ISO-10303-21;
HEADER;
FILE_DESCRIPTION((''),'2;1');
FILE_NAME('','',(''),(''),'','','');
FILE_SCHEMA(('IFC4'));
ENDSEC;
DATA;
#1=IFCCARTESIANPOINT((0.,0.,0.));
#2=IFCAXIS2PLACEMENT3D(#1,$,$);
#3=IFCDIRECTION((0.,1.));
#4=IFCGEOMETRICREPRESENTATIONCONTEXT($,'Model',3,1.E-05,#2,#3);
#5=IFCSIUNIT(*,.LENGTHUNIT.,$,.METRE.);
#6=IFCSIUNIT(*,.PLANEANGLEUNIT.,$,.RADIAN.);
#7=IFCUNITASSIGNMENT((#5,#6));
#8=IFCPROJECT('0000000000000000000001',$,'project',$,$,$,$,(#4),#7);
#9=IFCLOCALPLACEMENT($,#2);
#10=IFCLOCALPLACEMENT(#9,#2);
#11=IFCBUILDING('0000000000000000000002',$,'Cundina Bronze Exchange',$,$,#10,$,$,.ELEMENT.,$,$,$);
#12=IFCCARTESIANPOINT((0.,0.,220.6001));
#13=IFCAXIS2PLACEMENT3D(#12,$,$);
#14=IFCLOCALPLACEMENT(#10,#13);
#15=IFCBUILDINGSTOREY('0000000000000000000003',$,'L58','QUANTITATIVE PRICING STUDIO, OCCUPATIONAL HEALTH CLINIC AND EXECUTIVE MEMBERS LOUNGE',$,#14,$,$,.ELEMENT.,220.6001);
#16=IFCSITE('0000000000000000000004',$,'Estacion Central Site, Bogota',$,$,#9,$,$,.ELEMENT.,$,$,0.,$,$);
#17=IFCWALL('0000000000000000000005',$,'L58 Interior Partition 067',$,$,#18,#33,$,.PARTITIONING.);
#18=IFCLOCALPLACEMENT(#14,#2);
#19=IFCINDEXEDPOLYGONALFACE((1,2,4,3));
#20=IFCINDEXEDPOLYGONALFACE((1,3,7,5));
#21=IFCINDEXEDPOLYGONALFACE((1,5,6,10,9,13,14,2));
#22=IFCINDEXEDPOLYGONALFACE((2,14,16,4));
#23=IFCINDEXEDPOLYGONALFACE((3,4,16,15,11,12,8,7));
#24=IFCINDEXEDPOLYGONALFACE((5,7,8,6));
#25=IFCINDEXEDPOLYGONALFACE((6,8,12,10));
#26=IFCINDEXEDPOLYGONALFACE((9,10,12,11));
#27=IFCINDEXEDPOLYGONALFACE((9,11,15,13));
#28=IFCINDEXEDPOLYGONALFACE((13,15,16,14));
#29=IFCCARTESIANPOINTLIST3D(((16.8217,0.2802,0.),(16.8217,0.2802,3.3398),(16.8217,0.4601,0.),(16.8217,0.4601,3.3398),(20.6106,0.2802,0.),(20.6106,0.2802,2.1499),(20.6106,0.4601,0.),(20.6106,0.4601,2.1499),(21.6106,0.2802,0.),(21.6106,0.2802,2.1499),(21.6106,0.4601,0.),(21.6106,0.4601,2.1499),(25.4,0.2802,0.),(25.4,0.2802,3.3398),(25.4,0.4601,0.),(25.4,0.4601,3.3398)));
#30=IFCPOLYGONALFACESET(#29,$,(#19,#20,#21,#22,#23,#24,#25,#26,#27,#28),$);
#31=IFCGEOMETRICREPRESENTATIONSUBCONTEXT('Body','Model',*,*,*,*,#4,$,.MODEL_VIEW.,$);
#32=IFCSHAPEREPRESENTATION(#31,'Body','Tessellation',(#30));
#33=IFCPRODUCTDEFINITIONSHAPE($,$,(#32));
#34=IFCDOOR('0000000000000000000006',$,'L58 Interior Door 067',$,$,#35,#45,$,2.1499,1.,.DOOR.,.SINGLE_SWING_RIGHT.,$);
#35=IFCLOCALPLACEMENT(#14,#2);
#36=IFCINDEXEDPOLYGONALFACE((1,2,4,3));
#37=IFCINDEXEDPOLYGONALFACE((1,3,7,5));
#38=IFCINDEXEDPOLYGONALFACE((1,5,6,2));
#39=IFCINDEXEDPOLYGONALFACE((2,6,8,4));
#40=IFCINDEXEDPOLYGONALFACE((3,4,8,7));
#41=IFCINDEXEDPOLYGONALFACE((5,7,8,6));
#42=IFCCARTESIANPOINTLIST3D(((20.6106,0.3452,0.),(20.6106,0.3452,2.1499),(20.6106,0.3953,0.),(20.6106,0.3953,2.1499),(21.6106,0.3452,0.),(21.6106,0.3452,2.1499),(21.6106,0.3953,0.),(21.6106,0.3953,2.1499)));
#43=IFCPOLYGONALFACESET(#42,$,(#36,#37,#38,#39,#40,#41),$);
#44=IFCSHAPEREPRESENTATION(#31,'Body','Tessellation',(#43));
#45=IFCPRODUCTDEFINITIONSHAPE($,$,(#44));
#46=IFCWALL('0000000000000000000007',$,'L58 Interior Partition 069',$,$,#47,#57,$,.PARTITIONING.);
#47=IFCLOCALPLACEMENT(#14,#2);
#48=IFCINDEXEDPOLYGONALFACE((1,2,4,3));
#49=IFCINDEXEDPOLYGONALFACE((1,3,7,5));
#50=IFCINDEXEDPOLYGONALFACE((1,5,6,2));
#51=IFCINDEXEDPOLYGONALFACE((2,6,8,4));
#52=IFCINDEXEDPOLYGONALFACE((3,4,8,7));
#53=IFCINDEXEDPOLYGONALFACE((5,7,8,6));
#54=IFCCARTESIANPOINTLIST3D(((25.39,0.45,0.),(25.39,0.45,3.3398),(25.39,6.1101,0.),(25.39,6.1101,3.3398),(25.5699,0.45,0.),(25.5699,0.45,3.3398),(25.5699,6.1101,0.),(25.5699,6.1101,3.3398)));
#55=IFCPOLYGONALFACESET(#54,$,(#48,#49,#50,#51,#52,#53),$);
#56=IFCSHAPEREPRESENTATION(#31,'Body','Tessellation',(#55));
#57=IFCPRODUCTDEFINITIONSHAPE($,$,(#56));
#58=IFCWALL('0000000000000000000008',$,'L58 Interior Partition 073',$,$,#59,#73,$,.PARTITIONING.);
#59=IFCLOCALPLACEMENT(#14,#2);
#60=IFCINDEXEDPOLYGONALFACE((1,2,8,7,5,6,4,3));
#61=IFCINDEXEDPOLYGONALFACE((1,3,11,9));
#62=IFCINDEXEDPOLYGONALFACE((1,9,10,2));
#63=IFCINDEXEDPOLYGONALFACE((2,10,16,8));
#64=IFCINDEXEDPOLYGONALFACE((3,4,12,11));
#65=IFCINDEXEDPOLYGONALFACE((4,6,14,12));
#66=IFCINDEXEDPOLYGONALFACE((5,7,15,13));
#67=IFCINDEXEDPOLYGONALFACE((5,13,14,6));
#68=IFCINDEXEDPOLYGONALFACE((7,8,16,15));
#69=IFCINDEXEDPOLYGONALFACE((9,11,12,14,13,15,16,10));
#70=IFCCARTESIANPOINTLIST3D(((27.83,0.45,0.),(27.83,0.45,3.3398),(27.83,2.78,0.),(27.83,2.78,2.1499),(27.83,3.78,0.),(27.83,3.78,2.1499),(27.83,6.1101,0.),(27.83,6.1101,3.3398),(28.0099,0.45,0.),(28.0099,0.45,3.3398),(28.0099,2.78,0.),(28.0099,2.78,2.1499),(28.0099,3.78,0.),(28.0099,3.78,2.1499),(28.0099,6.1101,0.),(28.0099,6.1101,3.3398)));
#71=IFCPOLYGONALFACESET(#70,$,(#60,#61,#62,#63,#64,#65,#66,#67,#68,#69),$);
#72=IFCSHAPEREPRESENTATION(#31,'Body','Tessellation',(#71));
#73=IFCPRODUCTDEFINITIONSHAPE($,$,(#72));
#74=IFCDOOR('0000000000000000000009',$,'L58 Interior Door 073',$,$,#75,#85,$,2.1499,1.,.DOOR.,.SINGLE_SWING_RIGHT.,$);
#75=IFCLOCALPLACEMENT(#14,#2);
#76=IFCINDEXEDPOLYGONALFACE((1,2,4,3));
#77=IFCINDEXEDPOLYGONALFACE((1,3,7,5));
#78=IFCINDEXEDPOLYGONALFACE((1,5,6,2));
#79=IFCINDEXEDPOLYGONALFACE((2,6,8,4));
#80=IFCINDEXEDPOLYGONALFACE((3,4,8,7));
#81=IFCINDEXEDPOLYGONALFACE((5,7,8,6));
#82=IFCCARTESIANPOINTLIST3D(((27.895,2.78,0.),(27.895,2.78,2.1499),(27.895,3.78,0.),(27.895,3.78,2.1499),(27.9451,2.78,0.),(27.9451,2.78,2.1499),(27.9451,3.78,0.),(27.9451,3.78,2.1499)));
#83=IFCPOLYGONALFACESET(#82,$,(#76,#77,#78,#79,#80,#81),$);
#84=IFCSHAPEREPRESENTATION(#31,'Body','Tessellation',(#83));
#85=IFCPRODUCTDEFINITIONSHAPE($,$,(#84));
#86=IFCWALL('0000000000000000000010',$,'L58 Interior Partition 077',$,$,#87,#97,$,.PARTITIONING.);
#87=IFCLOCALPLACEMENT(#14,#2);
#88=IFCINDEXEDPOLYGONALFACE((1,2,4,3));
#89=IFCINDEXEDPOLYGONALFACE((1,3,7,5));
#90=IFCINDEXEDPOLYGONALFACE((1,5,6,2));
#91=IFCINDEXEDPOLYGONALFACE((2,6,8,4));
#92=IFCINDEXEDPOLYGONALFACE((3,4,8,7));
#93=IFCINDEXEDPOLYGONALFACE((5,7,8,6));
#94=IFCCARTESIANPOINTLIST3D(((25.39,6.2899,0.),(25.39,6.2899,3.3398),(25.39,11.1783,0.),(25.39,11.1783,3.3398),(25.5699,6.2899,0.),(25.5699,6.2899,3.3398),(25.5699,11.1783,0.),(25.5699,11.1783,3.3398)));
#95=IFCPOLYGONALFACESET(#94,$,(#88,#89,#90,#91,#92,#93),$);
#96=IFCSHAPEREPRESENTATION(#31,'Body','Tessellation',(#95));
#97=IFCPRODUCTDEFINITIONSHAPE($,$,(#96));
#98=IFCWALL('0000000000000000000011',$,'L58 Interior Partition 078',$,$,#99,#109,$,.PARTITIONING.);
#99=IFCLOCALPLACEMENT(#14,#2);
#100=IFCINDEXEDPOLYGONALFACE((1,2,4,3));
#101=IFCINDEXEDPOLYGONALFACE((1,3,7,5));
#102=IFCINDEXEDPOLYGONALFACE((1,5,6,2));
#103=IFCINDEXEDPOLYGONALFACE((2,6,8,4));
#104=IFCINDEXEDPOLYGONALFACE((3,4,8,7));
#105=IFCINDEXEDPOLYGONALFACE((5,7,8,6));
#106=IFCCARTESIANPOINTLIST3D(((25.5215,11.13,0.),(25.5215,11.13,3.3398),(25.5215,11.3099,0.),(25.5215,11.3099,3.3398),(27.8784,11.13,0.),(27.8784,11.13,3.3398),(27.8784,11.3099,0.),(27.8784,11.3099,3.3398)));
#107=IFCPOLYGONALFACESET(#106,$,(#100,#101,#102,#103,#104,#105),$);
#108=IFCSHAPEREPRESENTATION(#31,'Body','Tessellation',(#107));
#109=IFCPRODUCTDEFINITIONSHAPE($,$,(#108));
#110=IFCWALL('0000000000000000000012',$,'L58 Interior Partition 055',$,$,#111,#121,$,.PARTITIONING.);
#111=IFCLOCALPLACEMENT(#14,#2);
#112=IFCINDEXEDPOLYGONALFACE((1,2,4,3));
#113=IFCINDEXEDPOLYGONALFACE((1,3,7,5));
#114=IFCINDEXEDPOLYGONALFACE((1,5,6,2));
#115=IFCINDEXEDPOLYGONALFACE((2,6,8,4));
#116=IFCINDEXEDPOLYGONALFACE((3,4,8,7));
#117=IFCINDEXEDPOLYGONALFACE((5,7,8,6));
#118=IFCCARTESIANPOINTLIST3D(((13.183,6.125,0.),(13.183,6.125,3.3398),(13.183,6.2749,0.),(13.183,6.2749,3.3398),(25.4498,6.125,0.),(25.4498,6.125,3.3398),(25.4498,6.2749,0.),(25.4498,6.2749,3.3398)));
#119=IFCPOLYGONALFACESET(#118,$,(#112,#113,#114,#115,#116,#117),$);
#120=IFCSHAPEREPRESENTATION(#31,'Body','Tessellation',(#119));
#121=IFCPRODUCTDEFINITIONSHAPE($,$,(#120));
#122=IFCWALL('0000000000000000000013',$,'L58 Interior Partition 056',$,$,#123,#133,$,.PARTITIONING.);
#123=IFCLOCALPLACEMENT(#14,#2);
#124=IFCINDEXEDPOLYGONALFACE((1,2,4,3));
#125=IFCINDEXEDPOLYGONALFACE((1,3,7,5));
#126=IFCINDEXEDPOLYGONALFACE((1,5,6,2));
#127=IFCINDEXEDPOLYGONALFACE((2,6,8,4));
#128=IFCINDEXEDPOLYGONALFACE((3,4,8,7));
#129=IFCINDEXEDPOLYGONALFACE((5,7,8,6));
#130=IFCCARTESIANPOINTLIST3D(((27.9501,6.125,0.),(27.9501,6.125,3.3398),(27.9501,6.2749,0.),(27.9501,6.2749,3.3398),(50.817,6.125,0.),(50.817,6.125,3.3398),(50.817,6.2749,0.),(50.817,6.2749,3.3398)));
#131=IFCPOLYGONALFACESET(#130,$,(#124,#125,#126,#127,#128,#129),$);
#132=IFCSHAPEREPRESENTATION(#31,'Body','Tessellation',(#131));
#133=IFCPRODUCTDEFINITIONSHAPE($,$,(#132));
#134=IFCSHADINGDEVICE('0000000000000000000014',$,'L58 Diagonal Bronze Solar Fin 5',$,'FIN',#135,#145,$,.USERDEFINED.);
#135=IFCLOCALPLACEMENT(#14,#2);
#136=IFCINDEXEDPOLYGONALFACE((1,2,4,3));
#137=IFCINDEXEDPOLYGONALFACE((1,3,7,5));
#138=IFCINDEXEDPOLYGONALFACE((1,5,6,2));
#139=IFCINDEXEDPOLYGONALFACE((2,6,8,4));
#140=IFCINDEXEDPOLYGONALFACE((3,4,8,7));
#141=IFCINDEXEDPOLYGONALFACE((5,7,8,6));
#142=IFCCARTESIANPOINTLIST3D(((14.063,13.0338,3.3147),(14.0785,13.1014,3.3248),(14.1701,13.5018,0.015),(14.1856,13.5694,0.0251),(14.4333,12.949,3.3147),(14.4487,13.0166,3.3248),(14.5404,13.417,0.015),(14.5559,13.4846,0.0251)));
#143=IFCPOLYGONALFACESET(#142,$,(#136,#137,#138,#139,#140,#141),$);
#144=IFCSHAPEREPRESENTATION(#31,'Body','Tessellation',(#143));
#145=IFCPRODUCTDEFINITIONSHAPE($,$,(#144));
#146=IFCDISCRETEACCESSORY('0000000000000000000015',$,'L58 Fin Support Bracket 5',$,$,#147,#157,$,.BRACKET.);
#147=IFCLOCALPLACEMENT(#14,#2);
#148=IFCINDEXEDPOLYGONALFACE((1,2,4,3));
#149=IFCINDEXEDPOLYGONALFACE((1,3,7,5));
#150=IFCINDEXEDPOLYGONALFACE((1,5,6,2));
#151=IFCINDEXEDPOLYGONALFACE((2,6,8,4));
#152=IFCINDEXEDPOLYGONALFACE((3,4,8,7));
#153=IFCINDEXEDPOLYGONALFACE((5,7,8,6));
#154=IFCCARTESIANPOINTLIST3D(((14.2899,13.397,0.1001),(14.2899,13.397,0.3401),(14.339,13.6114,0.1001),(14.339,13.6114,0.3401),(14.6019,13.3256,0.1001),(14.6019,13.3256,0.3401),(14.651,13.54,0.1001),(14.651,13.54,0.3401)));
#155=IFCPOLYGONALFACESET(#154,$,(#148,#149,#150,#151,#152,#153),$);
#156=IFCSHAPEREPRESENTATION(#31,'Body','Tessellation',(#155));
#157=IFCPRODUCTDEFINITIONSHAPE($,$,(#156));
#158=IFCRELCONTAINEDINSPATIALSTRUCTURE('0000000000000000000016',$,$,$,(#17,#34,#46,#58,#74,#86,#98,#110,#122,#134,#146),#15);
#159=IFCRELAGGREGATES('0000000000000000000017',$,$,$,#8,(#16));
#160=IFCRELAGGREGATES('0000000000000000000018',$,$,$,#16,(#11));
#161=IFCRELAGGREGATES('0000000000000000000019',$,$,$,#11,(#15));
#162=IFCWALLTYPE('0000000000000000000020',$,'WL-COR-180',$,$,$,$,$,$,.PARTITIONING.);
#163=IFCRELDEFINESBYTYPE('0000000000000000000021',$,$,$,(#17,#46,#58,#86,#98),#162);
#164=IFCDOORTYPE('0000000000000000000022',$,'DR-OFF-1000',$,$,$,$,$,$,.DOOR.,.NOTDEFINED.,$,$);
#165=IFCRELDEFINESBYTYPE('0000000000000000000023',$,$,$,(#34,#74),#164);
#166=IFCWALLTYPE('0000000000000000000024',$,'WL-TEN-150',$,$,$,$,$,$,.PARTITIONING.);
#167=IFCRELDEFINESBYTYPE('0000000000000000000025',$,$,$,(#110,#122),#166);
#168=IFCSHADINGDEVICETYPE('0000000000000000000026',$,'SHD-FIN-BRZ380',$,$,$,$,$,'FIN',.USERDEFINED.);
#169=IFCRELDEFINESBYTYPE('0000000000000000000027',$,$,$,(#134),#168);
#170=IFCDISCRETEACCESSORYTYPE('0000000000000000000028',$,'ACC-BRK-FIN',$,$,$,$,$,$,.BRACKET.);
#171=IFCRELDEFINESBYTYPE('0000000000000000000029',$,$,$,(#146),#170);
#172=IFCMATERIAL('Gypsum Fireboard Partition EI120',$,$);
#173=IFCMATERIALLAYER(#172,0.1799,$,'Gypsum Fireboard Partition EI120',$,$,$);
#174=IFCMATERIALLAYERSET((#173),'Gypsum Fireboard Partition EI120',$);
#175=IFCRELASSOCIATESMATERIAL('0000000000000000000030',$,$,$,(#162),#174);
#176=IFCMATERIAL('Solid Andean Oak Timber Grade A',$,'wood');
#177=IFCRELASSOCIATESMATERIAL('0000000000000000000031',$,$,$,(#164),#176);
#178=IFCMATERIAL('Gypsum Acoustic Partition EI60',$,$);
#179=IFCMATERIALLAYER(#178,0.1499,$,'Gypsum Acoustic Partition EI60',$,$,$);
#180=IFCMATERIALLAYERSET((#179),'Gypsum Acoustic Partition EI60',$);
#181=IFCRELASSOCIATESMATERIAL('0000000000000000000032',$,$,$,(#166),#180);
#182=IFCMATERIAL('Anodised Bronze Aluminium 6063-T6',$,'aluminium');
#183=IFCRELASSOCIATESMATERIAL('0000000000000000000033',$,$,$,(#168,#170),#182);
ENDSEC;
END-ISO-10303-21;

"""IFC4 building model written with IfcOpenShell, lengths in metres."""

from ifc_helpers import new_model, si_unit, direction, frame, frame_2d, origin, origin_2d, place, context, subcontext, project, spatial, rectangle, extrude, material, layer, layer_set, material_profile, profile_set, type_object, element, fill, save


model = new_model("IFC4")

# Units and contexts
model_context = context("Model", 3, precision=1e-05, world=origin(), true_north=direction((0.0, 1.0)))
body_context = subcontext(model_context, "Body", "Model", "MODEL_VIEW")
ifc_project = project(units=[si_unit("LENGTHUNIT", "METRE"), si_unit("PLANEANGLEUNIT", "RADIAN")], contexts=[model_context])

# Site, building, storey
site_placement = place(None, origin())
site = spatial("IfcSite", under=ifc_project, at=site_placement, Name="Estacion Central Site, Bogota", CompositionType="ELEMENT", RefElevation=0.0)
building_placement = place(site_placement, origin())
building = spatial("IfcBuilding", under=site, at=building_placement, Name="Cundina Bronze Exchange", CompositionType="ELEMENT")
storey_placement = place(building_placement, frame((0.0, 0.0, 220.6001)))
storey = spatial("IfcBuildingStorey", under=building, at=storey_placement, Name="L58", Description="QUANTITATIVE PRICING STUDIO, OCCUPATIONAL HEALTH CLINIC AND EXECUTIVE MEMBERS LOUNGE", CompositionType="ELEMENT", Elevation=220.6001)

# Shared definitions
ifc_material_1 = material(Name="Anodised Bronze Aluminium 6063-T6", Category="aluminium")

# Wall, opening, door
ifc_material_2 = material(Name="Gypsum Fireboard Partition EI120")
ifc_layer_1 = layer(ifc_material_2, 0.1799, Name="Gypsum Fireboard Partition EI120")
ifc_layer_set_1 = layer_set([ifc_layer_1], Name="Gypsum Fireboard Partition EI120")
wall_type_1 = type_object("IfcWallType", Name="WL-COR-180", PredefinedType="PARTITIONING", material=ifc_layer_set_1)
wall_1_placement = place(storey_placement, frame((25.3999, 0.3701, 0.0), z_axis=(0.0, 0.0, 1.0), x_axis=(-1.0, 0.0, 0.0)))
wall_1 = element("IfcWall", 1, at=wall_1_placement, inside=storey, type_object=wall_type_1, Name="L58 Interior Partition 067", PredefinedType="PARTITIONING", context=body_context, shape_type="SweptSolid", body=[
    extrude(rectangle(XDim=8.5784, YDim=0.1799, at=frame_2d((4.2891, 0.0))), origin(), (0.0, 0.0, 1.0), 3.3398),
])
opening_1_placement = place(wall_1_placement, frame((3.7893, 0.0, 0.0)))
opening_1 = element("IfcOpeningElement", 2, at=opening_1_placement, cuts=wall_1, PredefinedType="OPENING", context=body_context, shape_type="SweptSolid", body=[
    extrude(rectangle(XDim=1.0, YDim=2.1499, at=frame_2d((0.5, 1.075))), frame((0.0, 0.0999, 0.0), z_axis=(0.0, -1.0, 0.0), x_axis=(1.0, 0.0, 0.0)), (0.0, 0.0, 1.0), 0.2),
])
ifc_material_3 = material(Name="Solid Andean Oak Timber Grade A", Category="wood")
door_type = type_object("IfcDoorType", Name="DR-OFF-1000", OperationType="NOTDEFINED", PredefinedType="DOOR", material=ifc_material_3)
door_1_placement = place(opening_1_placement, origin())
door_1 = element("IfcDoor", 3, at=door_1_placement, inside=storey, type_object=door_type, Name="L58 Interior Door 067", OperationType="SINGLE_SWING_RIGHT", OverallHeight=2.1499, OverallWidth=1.0, PredefinedType="DOOR", context=body_context, shape_type="SweptSolid", body=[
    extrude(rectangle(XDim=1.0, YDim=2.1499, at=frame_2d((0.5, 1.075))), frame((0.0, 0.0249, 0.0), z_axis=(0.0, -1.0, 0.0), x_axis=(1.0, 0.0, 0.0)), (0.0, 0.0, 1.0), 0.05),
])
fill(opening_1, door_1)

# Wall
wall_2_placement = place(storey_placement, frame((25.48, 6.1101, 0.0), z_axis=(0.0, 0.0, 1.0), x_axis=(0.0, -1.0, 0.0)))
element("IfcWall", 4, at=wall_2_placement, inside=storey, type_object=wall_type_1, Name="L58 Interior Partition 069", PredefinedType="PARTITIONING", context=body_context, shape_type="SweptSolid", body=[
    extrude(rectangle(XDim=5.6602, YDim=0.1799, at=frame_2d((2.8301, 0.0))), origin(), (0.0, 0.0, 1.0), 3.3398),
])

# Wall, opening, door
wall_3_placement = place(storey_placement, frame((27.9199, 0.45, 0.0), z_axis=(0.0, 0.0, 1.0), x_axis=(0.0, 1.0, 0.0)))
wall_3 = element("IfcWall", 5, at=wall_3_placement, inside=storey, type_object=wall_type_1, Name="L58 Interior Partition 073", PredefinedType="PARTITIONING", context=body_context, shape_type="SweptSolid", body=[
    extrude(rectangle(XDim=5.6602, YDim=0.1799, at=frame_2d((2.8301, 0.0))), origin(), (0.0, 0.0, 1.0), 3.3398),
])
opening_2_placement = place(wall_3_placement, frame((2.3301, 0.0, 0.0)))
opening_2 = element("IfcOpeningElement", 6, at=opening_2_placement, cuts=wall_3, PredefinedType="OPENING", context=body_context, shape_type="SweptSolid", body=[
    extrude(rectangle(XDim=1.0, YDim=2.1499, at=frame_2d((0.5, 1.075))), frame((0.0, 0.0999, 0.0), z_axis=(0.0, -1.0, 0.0), x_axis=(1.0, 0.0, 0.0)), (0.0, 0.0, 1.0), 0.2),
])
door_2_placement = place(opening_2_placement, origin())
door_2 = element("IfcDoor", 7, at=door_2_placement, inside=storey, type_object=door_type, Name="L58 Interior Door 073", OperationType="SINGLE_SWING_RIGHT", OverallHeight=2.1499, OverallWidth=1.0, PredefinedType="DOOR", context=body_context, shape_type="SweptSolid", body=[
    extrude(rectangle(XDim=1.0, YDim=2.1499, at=frame_2d((0.5, 1.075))), frame((0.0, 0.0249, 0.0), z_axis=(0.0, -1.0, 0.0), x_axis=(1.0, 0.0, 0.0)), (0.0, 0.0, 1.0), 0.05),
])
fill(opening_2, door_2)

# Walls
wall_4_placement = place(storey_placement, frame((25.48, 11.1785, 0.0), z_axis=(0.0, 0.0, 1.0), x_axis=(0.0, -1.0, 0.0)))
element("IfcWall", 8, at=wall_4_placement, inside=storey, type_object=wall_type_1, Name="L58 Interior Partition 077", PredefinedType="PARTITIONING", context=body_context, shape_type="SweptSolid", body=[
    extrude(rectangle(XDim=4.8884, YDim=0.1799, at=frame_2d((2.4443, 0.0))), origin(), (0.0, 0.0, 1.0), 3.3398),
])
wall_5_placement = place(storey_placement, frame((27.8784, 11.22, 0.0), z_axis=(0.0, 0.0, 1.0), x_axis=(-1.0, 0.0, 0.0)))
element("IfcWall", 9, at=wall_5_placement, inside=storey, type_object=wall_type_1, Name="L58 Interior Partition 078", PredefinedType="PARTITIONING", context=body_context, shape_type="SweptSolid", body=[
    extrude(rectangle(XDim=2.3569, YDim=0.1799, at=frame_2d((1.1785, 0.0))), origin(), (0.0, 0.0, 1.0), 3.3398),
])
ifc_material_4 = material(Name="Gypsum Acoustic Partition EI60")
ifc_layer_2 = layer(ifc_material_4, 0.1499, Name="Gypsum Acoustic Partition EI60")
ifc_layer_set_2 = layer_set([ifc_layer_2], Name="Gypsum Acoustic Partition EI60")
wall_type_2 = type_object("IfcWallType", Name="WL-TEN-150", PredefinedType="PARTITIONING", material=ifc_layer_set_2)
wall_6_placement = place(storey_placement, frame((13.1831, 6.2, 0.0), z_axis=(0.0, 0.0, 1.0), x_axis=(1.0, 0.0, 0.0)))
element("IfcWall", 10, at=wall_6_placement, inside=storey, type_object=wall_type_2, Name="L58 Interior Partition 055", PredefinedType="PARTITIONING", context=body_context, shape_type="SweptSolid", body=[
    extrude(rectangle(XDim=12.2668, YDim=0.1499, at=frame_2d((6.1333, 0.0))), origin(), (0.0, 0.0, 1.0), 3.3398),
])
wall_7_placement = place(storey_placement, frame((27.95, 6.2, 0.0), z_axis=(0.0, 0.0, 1.0), x_axis=(1.0, 0.0, 0.0)))
element("IfcWall", 11, at=wall_7_placement, inside=storey, type_object=wall_type_2, Name="L58 Interior Partition 056", PredefinedType="PARTITIONING", context=body_context, shape_type="SweptSolid", body=[
    extrude(rectangle(XDim=22.8669, YDim=0.1499, at=frame_2d((11.4336, 0.0))), origin(), (0.0, 0.0, 1.0), 3.3398),
])

# Shading device
ifc_material_profile_1 = material_profile(ifc_material_1, rectangle(XDim=0.0701, YDim=0.3799, at=origin_2d()), Name="FIN70X380", Category="aluminium")
ifc_profile_set_1 = profile_set([ifc_material_profile_1], Name="Anodised Bronze Aluminium 6063-T6")
shading_device_type = type_object("IfcShadingDeviceType", Name="SHD-FIN-BRZ380", ElementType="FIN", PredefinedType="USERDEFINED", material=ifc_profile_set_1)
shading_device_placement = place(storey_placement, frame((14.363, 13.4932, 0.02), z_axis=(-0.032142, -0.140354, 0.98958), x_axis=(0.220899, 0.964609, 0.143987)))
element("IfcShadingDevice", 12, at=shading_device_placement, inside=storey, type_object=shading_device_type, Name="L58 Diagonal Bronze Solar Fin 5", ObjectType="FIN", PredefinedType="USERDEFINED", context=body_context, shape_type="SweptSolid", body=[
    extrude(rectangle(XDim=0.0701, YDim=0.3799, at=origin_2d()), origin(), (0.0, 0.0, 1.0), 3.3345),
])

# Discrete accessory
discrete_accessory_type = type_object("IfcDiscreteAccessoryType", Name="ACC-BRK-FIN", PredefinedType="BRACKET", material=ifc_material_1)
discrete_accessory_placement = place(storey_placement, frame((14.4705, 13.4685, 0.1001), z_axis=(0.0, 0.0, 1.0), x_axis=(-0.223284, -0.974753, 0.0)))
element("IfcDiscreteAccessory", 13, at=discrete_accessory_placement, inside=storey, type_object=discrete_accessory_type, Name="L58 Fin Support Bracket 5", PredefinedType="BRACKET", context=body_context, shape_type="SweptSolid", body=[
    extrude(rectangle(XDim=0.22, YDim=0.3201, at=origin_2d()), origin(), (0.0, 0.0, 1.0), 0.24),
])

save(model, "model.ifc")
